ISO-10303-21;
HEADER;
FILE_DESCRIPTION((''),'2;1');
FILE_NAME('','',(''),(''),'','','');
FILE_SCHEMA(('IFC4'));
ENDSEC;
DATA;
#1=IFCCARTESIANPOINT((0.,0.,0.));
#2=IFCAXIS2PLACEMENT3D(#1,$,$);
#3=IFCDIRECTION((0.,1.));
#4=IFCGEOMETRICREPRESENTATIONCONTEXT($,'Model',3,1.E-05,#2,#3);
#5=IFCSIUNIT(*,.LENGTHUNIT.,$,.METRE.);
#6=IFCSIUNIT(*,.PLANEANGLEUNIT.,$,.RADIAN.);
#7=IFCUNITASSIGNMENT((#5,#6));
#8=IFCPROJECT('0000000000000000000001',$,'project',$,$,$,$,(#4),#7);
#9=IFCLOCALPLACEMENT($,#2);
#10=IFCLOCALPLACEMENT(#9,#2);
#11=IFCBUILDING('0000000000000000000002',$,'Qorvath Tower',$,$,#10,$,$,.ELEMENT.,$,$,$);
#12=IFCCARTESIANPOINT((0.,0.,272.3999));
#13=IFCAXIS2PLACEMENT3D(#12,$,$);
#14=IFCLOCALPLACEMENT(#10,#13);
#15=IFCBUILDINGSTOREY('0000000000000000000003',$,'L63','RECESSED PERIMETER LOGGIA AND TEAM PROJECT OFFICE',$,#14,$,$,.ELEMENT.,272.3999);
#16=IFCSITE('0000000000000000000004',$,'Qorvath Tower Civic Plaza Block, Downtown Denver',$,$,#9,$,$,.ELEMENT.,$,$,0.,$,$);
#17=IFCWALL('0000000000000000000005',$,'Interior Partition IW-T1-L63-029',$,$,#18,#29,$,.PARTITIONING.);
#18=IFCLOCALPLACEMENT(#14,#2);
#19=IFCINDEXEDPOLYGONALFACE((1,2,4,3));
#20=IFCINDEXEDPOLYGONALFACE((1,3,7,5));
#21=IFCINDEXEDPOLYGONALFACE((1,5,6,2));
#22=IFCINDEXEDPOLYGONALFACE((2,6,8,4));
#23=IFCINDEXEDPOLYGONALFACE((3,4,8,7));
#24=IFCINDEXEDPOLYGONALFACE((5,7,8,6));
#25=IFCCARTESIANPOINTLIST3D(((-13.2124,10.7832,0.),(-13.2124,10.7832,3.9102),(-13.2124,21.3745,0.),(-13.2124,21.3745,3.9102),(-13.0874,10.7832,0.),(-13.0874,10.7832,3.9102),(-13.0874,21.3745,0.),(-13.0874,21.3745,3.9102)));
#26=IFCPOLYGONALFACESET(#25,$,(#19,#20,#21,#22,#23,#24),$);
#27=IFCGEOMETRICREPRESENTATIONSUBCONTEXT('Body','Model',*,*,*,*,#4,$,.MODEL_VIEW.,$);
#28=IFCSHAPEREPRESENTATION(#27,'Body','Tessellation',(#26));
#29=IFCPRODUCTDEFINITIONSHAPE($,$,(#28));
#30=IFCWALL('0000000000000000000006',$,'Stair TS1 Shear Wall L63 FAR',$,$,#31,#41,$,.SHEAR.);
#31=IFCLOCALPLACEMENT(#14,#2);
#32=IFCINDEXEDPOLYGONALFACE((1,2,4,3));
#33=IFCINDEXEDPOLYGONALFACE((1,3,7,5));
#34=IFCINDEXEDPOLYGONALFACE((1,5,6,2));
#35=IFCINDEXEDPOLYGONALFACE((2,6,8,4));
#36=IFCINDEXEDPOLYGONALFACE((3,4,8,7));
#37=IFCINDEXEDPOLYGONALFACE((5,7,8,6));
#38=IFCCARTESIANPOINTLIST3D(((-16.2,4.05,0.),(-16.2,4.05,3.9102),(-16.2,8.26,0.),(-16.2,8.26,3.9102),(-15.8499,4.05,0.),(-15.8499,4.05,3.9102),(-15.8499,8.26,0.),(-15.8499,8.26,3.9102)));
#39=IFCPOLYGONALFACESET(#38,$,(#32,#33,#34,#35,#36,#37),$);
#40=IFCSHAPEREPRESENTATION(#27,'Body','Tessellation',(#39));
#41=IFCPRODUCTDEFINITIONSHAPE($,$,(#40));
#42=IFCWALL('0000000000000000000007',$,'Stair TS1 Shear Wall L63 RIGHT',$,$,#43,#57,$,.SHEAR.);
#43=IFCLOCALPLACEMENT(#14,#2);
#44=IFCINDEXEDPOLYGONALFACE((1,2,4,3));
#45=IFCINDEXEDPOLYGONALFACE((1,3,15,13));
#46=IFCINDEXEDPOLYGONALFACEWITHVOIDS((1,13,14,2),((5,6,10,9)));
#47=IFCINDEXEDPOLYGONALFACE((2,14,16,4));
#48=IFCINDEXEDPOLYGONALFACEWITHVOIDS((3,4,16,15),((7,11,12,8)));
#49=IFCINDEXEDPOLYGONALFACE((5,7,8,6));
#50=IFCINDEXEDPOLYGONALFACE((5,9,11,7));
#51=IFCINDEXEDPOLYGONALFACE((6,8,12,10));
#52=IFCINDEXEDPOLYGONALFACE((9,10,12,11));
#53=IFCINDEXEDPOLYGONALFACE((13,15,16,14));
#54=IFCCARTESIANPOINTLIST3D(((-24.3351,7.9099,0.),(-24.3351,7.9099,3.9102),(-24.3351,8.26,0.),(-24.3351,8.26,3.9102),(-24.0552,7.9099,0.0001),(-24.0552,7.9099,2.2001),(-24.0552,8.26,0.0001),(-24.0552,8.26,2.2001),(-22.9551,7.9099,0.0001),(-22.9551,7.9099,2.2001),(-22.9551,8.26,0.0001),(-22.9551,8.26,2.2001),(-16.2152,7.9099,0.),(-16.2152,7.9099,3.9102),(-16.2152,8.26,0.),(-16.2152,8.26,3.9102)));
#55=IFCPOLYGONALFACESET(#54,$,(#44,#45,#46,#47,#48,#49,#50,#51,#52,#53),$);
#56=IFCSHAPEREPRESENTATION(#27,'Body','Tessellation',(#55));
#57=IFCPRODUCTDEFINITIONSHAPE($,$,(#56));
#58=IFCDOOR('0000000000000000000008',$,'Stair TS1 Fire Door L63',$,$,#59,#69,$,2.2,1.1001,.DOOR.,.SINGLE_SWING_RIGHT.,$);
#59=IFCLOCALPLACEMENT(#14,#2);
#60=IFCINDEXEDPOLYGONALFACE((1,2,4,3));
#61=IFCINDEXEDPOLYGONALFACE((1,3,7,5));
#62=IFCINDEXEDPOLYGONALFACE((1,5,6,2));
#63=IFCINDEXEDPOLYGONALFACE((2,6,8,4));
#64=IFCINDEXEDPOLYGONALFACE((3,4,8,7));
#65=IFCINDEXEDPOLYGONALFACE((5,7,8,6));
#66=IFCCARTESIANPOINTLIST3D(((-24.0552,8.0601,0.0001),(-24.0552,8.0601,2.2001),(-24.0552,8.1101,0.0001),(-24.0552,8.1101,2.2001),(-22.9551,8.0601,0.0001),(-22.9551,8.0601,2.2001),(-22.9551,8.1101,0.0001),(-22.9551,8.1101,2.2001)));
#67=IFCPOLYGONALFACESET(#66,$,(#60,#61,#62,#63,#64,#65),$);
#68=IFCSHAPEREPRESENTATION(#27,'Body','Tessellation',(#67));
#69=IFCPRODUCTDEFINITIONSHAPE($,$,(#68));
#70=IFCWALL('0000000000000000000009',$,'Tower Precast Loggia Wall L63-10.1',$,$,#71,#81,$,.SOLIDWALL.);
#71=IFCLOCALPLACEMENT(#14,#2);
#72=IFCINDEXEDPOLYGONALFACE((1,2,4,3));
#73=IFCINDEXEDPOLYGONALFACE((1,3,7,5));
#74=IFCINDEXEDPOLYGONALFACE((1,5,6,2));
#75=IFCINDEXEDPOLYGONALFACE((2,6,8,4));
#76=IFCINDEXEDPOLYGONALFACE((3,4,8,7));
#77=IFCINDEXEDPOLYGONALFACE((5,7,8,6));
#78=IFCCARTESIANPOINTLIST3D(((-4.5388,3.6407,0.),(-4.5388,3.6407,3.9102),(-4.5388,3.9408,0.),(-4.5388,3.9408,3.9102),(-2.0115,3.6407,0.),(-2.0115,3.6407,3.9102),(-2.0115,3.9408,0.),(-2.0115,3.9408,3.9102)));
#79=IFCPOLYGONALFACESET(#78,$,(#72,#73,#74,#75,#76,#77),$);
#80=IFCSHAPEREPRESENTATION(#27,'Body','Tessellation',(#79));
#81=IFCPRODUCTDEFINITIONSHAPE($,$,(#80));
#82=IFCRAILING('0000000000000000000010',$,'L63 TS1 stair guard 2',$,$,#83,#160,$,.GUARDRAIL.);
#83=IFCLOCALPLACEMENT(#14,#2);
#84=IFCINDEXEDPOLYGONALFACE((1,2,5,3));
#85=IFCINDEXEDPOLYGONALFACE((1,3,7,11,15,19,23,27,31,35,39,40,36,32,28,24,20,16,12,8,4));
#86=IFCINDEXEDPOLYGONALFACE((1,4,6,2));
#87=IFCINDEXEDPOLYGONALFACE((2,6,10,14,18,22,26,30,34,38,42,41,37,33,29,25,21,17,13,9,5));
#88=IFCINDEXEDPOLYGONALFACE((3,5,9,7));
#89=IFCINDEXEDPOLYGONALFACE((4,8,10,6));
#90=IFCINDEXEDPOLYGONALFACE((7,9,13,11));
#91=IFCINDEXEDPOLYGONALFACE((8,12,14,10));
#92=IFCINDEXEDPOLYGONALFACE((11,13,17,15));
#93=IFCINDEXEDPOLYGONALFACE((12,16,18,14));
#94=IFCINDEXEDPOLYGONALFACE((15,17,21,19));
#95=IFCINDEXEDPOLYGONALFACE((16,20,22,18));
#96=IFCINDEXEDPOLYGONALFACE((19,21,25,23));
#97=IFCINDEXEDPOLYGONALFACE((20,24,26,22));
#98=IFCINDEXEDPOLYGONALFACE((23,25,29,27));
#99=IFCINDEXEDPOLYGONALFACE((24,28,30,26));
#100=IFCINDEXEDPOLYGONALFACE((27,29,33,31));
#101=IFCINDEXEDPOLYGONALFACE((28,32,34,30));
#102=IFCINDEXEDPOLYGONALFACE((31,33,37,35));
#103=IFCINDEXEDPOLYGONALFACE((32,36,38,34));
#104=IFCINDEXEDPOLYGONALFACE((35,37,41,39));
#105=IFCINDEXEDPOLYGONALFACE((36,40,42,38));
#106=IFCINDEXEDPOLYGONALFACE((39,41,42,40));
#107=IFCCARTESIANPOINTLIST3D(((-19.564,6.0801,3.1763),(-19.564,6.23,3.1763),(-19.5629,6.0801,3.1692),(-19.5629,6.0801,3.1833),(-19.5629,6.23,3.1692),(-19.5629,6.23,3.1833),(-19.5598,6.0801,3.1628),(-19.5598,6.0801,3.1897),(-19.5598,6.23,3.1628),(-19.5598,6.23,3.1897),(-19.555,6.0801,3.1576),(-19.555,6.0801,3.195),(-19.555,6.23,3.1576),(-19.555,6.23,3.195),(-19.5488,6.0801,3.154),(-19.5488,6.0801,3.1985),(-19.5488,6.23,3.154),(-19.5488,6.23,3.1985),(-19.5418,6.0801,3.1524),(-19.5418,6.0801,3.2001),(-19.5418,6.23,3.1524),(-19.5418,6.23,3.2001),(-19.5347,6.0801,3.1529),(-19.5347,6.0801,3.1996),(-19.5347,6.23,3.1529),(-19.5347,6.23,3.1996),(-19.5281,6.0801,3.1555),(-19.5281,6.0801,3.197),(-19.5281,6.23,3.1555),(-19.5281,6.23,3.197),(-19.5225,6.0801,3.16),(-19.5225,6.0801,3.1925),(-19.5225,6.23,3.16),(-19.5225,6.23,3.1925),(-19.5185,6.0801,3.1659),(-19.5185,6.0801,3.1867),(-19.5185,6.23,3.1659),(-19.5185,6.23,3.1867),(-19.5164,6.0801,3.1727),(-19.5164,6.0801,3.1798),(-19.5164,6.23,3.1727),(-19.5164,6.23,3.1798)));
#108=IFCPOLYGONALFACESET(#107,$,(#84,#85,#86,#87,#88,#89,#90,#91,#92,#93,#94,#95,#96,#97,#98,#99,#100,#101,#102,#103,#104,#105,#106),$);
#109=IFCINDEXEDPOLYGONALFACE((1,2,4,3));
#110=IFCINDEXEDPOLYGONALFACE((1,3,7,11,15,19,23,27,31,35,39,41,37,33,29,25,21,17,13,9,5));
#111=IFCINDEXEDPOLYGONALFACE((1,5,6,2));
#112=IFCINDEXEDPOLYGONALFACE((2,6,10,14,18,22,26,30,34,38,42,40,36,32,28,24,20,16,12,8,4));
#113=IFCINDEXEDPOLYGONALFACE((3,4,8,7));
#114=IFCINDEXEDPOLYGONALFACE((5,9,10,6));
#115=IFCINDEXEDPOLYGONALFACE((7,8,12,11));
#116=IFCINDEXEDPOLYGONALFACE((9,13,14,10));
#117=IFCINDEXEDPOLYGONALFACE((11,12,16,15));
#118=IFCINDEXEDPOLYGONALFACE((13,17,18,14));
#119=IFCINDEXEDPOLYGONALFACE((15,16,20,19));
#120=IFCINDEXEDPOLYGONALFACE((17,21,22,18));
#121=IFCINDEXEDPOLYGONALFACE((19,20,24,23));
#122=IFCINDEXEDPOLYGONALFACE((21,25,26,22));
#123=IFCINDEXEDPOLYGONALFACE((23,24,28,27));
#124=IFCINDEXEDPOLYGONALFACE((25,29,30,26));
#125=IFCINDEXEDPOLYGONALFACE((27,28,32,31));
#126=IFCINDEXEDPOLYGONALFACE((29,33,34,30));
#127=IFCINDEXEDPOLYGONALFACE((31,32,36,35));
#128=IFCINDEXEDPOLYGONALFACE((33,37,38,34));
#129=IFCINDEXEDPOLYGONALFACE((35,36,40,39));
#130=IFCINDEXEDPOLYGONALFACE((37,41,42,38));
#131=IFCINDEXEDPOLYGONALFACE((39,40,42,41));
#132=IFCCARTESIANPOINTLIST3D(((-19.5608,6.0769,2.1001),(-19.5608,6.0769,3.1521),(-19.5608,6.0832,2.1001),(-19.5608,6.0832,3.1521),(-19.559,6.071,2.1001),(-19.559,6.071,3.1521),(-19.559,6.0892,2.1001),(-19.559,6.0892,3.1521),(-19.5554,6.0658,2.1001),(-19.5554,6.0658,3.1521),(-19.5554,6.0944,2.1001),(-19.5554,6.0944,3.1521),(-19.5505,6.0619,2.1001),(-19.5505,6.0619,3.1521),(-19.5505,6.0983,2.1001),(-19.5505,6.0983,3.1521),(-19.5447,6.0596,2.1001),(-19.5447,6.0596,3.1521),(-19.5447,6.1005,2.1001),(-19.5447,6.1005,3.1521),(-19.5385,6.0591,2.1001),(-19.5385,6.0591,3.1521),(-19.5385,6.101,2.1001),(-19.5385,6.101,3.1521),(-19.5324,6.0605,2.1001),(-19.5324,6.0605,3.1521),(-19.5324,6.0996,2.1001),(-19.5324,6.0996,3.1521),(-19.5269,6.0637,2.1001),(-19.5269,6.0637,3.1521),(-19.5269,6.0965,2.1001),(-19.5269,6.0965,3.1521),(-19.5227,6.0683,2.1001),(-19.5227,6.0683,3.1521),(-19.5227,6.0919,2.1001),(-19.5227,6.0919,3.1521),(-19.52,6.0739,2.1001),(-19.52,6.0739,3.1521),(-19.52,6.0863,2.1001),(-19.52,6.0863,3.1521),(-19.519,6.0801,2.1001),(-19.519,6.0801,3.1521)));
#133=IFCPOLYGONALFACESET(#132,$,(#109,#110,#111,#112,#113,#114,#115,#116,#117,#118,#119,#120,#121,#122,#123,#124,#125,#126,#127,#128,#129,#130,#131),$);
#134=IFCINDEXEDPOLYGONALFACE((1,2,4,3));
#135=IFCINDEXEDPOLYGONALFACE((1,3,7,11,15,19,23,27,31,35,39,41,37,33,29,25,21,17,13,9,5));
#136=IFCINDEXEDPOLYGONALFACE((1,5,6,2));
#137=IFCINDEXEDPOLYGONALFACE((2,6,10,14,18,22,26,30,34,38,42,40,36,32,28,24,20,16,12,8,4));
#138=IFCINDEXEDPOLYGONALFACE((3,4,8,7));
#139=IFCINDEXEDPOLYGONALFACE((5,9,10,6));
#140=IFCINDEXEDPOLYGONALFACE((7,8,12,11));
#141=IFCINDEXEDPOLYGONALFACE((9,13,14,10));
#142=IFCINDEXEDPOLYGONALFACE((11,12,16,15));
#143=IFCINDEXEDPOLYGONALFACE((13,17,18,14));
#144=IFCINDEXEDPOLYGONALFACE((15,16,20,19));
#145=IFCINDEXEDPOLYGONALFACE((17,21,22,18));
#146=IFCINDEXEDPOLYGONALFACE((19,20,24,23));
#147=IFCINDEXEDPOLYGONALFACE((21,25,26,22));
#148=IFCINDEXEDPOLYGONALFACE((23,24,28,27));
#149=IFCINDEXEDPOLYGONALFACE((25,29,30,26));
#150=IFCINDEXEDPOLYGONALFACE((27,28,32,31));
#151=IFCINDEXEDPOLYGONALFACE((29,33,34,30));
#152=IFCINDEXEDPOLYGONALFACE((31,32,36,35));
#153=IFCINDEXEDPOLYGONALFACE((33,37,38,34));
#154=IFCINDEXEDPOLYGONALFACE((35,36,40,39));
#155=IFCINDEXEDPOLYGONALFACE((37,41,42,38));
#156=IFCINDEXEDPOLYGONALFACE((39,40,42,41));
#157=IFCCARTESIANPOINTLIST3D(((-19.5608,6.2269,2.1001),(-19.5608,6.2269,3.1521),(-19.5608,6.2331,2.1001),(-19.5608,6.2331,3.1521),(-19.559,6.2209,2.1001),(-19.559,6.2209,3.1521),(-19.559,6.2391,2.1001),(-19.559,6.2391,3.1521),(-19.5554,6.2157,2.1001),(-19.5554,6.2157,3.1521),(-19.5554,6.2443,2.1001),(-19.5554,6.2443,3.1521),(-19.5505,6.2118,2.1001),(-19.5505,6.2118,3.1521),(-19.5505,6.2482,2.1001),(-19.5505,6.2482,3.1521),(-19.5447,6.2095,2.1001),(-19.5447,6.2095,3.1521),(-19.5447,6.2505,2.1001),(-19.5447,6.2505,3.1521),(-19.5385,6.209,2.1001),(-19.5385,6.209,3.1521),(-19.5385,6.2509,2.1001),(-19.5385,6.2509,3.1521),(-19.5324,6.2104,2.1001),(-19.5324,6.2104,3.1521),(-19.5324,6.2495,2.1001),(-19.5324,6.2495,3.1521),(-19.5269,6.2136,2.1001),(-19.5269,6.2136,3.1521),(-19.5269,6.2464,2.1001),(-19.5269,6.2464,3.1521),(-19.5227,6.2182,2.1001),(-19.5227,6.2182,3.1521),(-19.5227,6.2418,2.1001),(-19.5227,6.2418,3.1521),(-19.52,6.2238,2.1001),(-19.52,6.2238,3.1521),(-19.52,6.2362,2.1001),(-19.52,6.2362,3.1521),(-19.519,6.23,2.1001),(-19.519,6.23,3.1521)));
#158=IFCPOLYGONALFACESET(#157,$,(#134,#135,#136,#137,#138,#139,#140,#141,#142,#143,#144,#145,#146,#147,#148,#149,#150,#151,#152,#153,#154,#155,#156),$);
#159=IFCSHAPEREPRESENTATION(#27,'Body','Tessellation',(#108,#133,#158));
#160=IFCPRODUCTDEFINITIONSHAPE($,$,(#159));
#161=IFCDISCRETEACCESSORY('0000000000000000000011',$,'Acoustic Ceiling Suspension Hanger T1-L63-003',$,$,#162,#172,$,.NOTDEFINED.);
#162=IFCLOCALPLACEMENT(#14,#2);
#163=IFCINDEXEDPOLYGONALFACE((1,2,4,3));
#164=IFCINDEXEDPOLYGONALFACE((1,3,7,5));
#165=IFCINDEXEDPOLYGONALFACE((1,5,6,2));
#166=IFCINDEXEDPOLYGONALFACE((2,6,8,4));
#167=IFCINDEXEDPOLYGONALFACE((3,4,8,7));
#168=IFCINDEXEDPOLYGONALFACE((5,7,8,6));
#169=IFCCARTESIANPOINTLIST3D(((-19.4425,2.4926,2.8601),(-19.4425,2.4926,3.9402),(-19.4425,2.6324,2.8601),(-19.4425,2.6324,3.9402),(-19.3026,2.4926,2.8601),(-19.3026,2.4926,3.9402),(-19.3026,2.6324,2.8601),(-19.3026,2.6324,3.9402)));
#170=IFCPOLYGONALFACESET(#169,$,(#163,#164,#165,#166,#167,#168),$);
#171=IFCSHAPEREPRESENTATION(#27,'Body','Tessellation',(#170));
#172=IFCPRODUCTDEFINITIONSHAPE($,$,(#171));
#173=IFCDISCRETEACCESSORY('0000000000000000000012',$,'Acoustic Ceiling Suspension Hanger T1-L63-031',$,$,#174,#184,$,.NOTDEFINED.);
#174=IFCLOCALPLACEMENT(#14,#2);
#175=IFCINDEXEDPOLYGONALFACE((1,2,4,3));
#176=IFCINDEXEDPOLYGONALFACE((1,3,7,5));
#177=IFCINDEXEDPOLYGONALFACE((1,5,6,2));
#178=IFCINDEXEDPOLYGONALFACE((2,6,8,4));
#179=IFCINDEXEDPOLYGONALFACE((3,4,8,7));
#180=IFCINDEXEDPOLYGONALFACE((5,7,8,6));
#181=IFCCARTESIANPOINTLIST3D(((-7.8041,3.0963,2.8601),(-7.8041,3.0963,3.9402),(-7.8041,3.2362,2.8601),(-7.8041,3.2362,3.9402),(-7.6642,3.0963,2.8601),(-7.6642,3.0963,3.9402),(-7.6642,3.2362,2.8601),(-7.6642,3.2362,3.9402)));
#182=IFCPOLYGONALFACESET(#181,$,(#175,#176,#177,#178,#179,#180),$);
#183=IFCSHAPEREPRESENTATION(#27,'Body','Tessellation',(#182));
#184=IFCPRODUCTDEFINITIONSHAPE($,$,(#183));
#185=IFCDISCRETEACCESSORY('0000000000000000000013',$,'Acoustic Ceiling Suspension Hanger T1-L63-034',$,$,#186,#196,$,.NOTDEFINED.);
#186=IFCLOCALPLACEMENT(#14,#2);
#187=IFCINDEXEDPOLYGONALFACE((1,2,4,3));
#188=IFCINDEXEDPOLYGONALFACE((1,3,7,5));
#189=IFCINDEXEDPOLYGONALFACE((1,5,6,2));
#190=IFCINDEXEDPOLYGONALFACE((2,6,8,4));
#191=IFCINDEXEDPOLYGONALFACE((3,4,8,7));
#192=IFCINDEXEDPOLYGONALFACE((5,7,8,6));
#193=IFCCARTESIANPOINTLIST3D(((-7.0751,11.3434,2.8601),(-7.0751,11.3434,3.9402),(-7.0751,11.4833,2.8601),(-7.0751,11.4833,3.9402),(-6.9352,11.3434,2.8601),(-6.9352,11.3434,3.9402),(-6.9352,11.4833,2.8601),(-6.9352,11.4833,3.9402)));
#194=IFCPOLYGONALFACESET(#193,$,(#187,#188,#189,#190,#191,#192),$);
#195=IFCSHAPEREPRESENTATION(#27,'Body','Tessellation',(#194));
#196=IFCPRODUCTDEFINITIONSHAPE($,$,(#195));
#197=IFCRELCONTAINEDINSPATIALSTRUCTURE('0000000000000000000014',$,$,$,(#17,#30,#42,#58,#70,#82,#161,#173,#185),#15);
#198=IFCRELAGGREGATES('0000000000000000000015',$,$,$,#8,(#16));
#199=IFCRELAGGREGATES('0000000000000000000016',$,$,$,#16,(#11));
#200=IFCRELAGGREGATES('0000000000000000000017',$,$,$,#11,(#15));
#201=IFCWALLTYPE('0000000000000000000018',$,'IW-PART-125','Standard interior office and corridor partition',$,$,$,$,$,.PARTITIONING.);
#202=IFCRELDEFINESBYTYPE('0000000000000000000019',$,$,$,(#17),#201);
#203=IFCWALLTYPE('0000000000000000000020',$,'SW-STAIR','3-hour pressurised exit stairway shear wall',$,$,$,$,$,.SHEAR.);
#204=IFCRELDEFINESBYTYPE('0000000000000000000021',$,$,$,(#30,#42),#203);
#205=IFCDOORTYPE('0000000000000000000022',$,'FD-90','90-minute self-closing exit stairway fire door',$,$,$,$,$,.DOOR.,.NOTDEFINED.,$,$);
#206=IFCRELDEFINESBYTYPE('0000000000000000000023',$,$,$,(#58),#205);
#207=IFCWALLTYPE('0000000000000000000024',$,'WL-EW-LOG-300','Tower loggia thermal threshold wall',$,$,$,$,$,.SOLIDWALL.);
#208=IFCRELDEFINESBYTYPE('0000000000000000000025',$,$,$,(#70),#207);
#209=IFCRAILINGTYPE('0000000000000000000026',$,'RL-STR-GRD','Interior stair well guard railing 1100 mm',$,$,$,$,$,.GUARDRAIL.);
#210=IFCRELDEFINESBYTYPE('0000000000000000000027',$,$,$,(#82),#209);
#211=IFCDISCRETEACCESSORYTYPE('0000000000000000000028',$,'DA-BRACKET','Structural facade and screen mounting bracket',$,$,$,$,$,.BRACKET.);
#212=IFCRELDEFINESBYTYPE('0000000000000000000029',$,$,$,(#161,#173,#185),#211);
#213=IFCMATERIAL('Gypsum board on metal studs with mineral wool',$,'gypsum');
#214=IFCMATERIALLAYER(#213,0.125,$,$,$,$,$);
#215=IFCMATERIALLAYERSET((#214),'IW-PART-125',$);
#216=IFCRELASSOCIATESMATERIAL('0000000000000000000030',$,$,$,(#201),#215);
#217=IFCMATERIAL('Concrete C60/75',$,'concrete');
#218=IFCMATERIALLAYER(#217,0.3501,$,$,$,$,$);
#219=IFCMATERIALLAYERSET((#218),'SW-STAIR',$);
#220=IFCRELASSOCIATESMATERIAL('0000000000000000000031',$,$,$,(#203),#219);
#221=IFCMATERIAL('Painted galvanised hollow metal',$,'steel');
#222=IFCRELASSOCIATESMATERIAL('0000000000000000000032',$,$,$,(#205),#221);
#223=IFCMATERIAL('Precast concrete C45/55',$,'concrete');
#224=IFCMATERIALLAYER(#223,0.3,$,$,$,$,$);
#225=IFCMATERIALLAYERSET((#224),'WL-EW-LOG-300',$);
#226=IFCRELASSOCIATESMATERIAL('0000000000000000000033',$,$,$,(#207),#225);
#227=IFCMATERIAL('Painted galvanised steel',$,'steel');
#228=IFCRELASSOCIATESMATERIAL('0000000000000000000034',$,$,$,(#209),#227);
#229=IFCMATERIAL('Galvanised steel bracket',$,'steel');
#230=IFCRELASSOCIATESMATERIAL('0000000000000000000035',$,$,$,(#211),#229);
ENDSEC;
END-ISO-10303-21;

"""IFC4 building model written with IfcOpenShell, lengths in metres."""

from ifc_helpers import new_model, si_unit, direction, frame, frame_2d, origin, origin_2d, place, context, subcontext, project, spatial, rectangle, circle, extrude, material, layer, layer_set, type_object, element, fill, save


model = new_model("IFC4")

# Units and contexts
model_context = context("Model", 3, precision=1e-05, world=origin(), true_north=direction((0.0, 1.0)))
body_context = subcontext(model_context, "Body", "Model", "MODEL_VIEW")
ifc_project = project(units=[si_unit("LENGTHUNIT", "METRE"), si_unit("PLANEANGLEUNIT", "RADIAN")], contexts=[model_context])

# Site, building, storey
site_placement = place(None, origin())
site = spatial("IfcSite", under=ifc_project, at=site_placement, Name="Qorvath Tower Civic Plaza Block, Downtown Denver", CompositionType="ELEMENT", RefElevation=0.0)
building_placement = place(site_placement, origin())
building = spatial("IfcBuilding", under=site, at=building_placement, Name="Qorvath Tower", CompositionType="ELEMENT")
storey_placement = place(building_placement, frame((0.0, 0.0, 272.3999)))
storey = spatial("IfcBuildingStorey", under=building, at=storey_placement, Name="L63", Description="RECESSED PERIMETER LOGGIA AND TEAM PROJECT OFFICE", CompositionType="ELEMENT", Elevation=272.3999)

# Shared definitions
ifc_material_1 = material(Name="Gypsum board on metal studs with mineral wool", Category="gypsum")
ifc_layer_1 = layer(ifc_material_1, 0.125)
ifc_layer_set_1 = layer_set([ifc_layer_1], Name="IW-PART-125")
wall_type_1 = type_object("IfcWallType", Name="IW-PART-125", Description="Standard interior office and corridor partition", PredefinedType="PARTITIONING", material=ifc_layer_set_1)

# Wall
wall_1_placement = place(storey_placement, frame((-13.1499, 10.7832, 0.0), z_axis=(0.0, 0.0, 1.0), x_axis=(0.0, 1.0, 0.0)))
element("IfcWall", 1, at=wall_1_placement, inside=storey, type_object=wall_type_1, Name="Interior Partition IW-T1-L63-029", PredefinedType="PARTITIONING", context=body_context, shape_type="SweptSolid", body=[
    extrude(rectangle(XDim=10.5913, YDim=0.125, at=frame_2d((5.2957, 0.0))), origin(), (0.0, 0.0, 1.0), 3.9102),
])

# Wall
ifc_material_2 = material(Name="Concrete C60/75", Category="concrete")
ifc_layer_2 = layer(ifc_material_2, 0.3501)
ifc_layer_set_2 = layer_set([ifc_layer_2], Name="SW-STAIR")
wall_type_2 = type_object("IfcWallType", Name="SW-STAIR", Description="3-hour pressurised exit stairway shear wall", PredefinedType="SHEAR", material=ifc_layer_set_2)
wall_2_placement = place(storey_placement, frame((-16.0249, 4.05, 0.0), z_axis=(0.0, 0.0, 1.0), x_axis=(0.0, 1.0, 0.0)))
element("IfcWall", 2, at=wall_2_placement, inside=storey, type_object=wall_type_2, Name="Stair TS1 Shear Wall L63 FAR", PredefinedType="SHEAR", context=body_context, shape_type="SweptSolid", body=[
    extrude(rectangle(XDim=4.21, YDim=0.3501, at=frame_2d((2.105, 0.0))), origin(), (0.0, 0.0, 1.0), 3.9102),
])

# Wall, opening, door
wall_3_placement = place(storey_placement, frame((-16.2151, 8.085, 0.0), z_axis=(0.0, 0.0, 1.0), x_axis=(-1.0, 0.0, 0.0)))
wall_3 = element("IfcWall", 3, at=wall_3_placement, inside=storey, type_object=wall_type_2, Name="Stair TS1 Shear Wall L63 RIGHT", PredefinedType="SHEAR", context=body_context, shape_type="SweptSolid", body=[
    extrude(rectangle(XDim=8.1199, YDim=0.3501, at=frame_2d((4.0601, 0.0))), origin(), (0.0, 0.0, 1.0), 3.9102),
])
opening_1_placement = place(wall_3_placement, frame((6.74, 0.0, 0.0)))
opening_1 = element("IfcOpeningElement", 4, at=opening_1_placement, cuts=wall_3, PredefinedType="OPENING", context=body_context, shape_type="SweptSolid", body=[
    extrude(rectangle(XDim=1.1001, YDim=2.2, at=frame_2d((0.55, 1.1001))), frame((0.0, 0.1851, 0.0), z_axis=(0.0, -1.0, 0.0), x_axis=(1.0, 0.0, 0.0)), (0.0, 0.0, 1.0), 0.3701),
])
ifc_material_3 = material(Name="Painted galvanised hollow metal", Category="steel")
door_type_1 = type_object("IfcDoorType", Name="FD-90", Description="90-minute self-closing exit stairway fire door", OperationType="NOTDEFINED", PredefinedType="DOOR", material=ifc_material_3)
door_1_placement = place(opening_1_placement, origin())
door_1 = element("IfcDoor", 5, at=door_1_placement, inside=storey, type_object=door_type_1, Name="Stair TS1 Fire Door L63", OperationType="SINGLE_SWING_RIGHT", OverallHeight=2.2, OverallWidth=1.1001, PredefinedType="DOOR", context=body_context, shape_type="SweptSolid", body=[
    extrude(rectangle(XDim=1.1001, YDim=2.2, at=frame_2d((0.55, 1.1001))), frame((0.0, 0.0249, 0.0), z_axis=(0.0, -1.0, 0.0), x_axis=(1.0, 0.0, 0.0)), (0.0, 0.0, 1.0), 0.05),
])
fill(opening_1, door_1)

# Wall
ifc_material_4 = material(Name="Precast concrete C45/55", Category="concrete")
ifc_layer_3 = layer(ifc_material_4, 0.3)
ifc_layer_set_3 = layer_set([ifc_layer_3], Name="WL-EW-LOG-300")
wall_type_3 = type_object("IfcWallType", Name="WL-EW-LOG-300", Description="Tower loggia thermal threshold wall", PredefinedType="SOLIDWALL", material=ifc_layer_set_3)
wall_4_placement = place(storey_placement, frame((-4.5388, 3.7908, 0.0), z_axis=(0.0, 0.0, 1.0), x_axis=(1.0, 0.0, 0.0)))
element("IfcWall", 6, at=wall_4_placement, inside=storey, type_object=wall_type_3, Name="Tower Precast Loggia Wall L63-10.1", PredefinedType="SOLIDWALL", context=body_context, shape_type="SweptSolid", body=[
    extrude(rectangle(XDim=2.5273, YDim=0.3, at=frame_2d((1.2637, 0.0))), origin(), (0.0, 0.0, 1.0), 3.9102),
])

# Railing
ifc_material_5 = material(Name="Painted galvanised steel", Category="steel")
railing_type = type_object("IfcRailingType", Name="RL-STR-GRD", Description="Interior stair well guard railing 1100 mm", PredefinedType="GUARDRAIL", material=ifc_material_5)
railing_placement = place(storey_placement, frame((-19.54, 6.0801, 2.1001)))
element("IfcRailing", 7, at=railing_placement, inside=storey, type_object=railing_type, Name="L63 TS1 stair guard 2", PredefinedType="GUARDRAIL", context=body_context, shape_type="SweptSolid", body=[
    extrude(circle(Radius=0.0239, at=origin_2d()), frame((0.0, 0.0, 1.0762), z_axis=(0.0, 1.0, 0.0), x_axis=(-1.0, 0.0, 0.0)), (0.0, 0.0, 1.0), 0.1499),
    extrude(circle(Radius=0.021, at=origin_2d()), origin(), (0.0, 0.0, 1.0), 1.052),
    extrude(circle(Radius=0.021, at=origin_2d()), frame((0.0, 0.1499, 0.0)), (0.0, 0.0, 1.0), 1.052),
])

# Discrete accessories
ifc_material_6 = material(Name="Galvanised steel bracket", Category="steel")
discrete_accessory_type = type_object("IfcDiscreteAccessoryType", Name="DA-BRACKET", Description="Structural facade and screen mounting bracket", PredefinedType="BRACKET", material=ifc_material_6)
for number, where, z_axis, x_axis, name in (
    (8, (-19.3726, 2.5625, 2.8601), (0.0, 0.0, 1.0), (1.0, 0.0, 0.0), "Acoustic Ceiling Suspension Hanger T1-L63-003"),
    (9, (-7.7341, 3.1663, 2.8601), (0.0, 0.0, 1.0), (1.0, 0.0, 0.0), "Acoustic Ceiling Suspension Hanger T1-L63-031"),
    (10, (-7.0051, 11.4133, 2.8601), (0.0, 0.0, 1.0), (1.0, 0.0, 0.0), "Acoustic Ceiling Suspension Hanger T1-L63-034"),
):
    element("IfcDiscreteAccessory", number, at=place(storey_placement, frame(where, z_axis=z_axis, x_axis=x_axis)), inside=storey, type_object=discrete_accessory_type, Name=name, PredefinedType="NOTDEFINED", context=body_context, shape_type="SweptSolid", body=[
        extrude(rectangle(XDim=0.1399, YDim=0.1399, at=origin_2d()), origin(), (0.0, 0.0, 1.0), 1.0801),
    ])

save(model, "model.ifc")
